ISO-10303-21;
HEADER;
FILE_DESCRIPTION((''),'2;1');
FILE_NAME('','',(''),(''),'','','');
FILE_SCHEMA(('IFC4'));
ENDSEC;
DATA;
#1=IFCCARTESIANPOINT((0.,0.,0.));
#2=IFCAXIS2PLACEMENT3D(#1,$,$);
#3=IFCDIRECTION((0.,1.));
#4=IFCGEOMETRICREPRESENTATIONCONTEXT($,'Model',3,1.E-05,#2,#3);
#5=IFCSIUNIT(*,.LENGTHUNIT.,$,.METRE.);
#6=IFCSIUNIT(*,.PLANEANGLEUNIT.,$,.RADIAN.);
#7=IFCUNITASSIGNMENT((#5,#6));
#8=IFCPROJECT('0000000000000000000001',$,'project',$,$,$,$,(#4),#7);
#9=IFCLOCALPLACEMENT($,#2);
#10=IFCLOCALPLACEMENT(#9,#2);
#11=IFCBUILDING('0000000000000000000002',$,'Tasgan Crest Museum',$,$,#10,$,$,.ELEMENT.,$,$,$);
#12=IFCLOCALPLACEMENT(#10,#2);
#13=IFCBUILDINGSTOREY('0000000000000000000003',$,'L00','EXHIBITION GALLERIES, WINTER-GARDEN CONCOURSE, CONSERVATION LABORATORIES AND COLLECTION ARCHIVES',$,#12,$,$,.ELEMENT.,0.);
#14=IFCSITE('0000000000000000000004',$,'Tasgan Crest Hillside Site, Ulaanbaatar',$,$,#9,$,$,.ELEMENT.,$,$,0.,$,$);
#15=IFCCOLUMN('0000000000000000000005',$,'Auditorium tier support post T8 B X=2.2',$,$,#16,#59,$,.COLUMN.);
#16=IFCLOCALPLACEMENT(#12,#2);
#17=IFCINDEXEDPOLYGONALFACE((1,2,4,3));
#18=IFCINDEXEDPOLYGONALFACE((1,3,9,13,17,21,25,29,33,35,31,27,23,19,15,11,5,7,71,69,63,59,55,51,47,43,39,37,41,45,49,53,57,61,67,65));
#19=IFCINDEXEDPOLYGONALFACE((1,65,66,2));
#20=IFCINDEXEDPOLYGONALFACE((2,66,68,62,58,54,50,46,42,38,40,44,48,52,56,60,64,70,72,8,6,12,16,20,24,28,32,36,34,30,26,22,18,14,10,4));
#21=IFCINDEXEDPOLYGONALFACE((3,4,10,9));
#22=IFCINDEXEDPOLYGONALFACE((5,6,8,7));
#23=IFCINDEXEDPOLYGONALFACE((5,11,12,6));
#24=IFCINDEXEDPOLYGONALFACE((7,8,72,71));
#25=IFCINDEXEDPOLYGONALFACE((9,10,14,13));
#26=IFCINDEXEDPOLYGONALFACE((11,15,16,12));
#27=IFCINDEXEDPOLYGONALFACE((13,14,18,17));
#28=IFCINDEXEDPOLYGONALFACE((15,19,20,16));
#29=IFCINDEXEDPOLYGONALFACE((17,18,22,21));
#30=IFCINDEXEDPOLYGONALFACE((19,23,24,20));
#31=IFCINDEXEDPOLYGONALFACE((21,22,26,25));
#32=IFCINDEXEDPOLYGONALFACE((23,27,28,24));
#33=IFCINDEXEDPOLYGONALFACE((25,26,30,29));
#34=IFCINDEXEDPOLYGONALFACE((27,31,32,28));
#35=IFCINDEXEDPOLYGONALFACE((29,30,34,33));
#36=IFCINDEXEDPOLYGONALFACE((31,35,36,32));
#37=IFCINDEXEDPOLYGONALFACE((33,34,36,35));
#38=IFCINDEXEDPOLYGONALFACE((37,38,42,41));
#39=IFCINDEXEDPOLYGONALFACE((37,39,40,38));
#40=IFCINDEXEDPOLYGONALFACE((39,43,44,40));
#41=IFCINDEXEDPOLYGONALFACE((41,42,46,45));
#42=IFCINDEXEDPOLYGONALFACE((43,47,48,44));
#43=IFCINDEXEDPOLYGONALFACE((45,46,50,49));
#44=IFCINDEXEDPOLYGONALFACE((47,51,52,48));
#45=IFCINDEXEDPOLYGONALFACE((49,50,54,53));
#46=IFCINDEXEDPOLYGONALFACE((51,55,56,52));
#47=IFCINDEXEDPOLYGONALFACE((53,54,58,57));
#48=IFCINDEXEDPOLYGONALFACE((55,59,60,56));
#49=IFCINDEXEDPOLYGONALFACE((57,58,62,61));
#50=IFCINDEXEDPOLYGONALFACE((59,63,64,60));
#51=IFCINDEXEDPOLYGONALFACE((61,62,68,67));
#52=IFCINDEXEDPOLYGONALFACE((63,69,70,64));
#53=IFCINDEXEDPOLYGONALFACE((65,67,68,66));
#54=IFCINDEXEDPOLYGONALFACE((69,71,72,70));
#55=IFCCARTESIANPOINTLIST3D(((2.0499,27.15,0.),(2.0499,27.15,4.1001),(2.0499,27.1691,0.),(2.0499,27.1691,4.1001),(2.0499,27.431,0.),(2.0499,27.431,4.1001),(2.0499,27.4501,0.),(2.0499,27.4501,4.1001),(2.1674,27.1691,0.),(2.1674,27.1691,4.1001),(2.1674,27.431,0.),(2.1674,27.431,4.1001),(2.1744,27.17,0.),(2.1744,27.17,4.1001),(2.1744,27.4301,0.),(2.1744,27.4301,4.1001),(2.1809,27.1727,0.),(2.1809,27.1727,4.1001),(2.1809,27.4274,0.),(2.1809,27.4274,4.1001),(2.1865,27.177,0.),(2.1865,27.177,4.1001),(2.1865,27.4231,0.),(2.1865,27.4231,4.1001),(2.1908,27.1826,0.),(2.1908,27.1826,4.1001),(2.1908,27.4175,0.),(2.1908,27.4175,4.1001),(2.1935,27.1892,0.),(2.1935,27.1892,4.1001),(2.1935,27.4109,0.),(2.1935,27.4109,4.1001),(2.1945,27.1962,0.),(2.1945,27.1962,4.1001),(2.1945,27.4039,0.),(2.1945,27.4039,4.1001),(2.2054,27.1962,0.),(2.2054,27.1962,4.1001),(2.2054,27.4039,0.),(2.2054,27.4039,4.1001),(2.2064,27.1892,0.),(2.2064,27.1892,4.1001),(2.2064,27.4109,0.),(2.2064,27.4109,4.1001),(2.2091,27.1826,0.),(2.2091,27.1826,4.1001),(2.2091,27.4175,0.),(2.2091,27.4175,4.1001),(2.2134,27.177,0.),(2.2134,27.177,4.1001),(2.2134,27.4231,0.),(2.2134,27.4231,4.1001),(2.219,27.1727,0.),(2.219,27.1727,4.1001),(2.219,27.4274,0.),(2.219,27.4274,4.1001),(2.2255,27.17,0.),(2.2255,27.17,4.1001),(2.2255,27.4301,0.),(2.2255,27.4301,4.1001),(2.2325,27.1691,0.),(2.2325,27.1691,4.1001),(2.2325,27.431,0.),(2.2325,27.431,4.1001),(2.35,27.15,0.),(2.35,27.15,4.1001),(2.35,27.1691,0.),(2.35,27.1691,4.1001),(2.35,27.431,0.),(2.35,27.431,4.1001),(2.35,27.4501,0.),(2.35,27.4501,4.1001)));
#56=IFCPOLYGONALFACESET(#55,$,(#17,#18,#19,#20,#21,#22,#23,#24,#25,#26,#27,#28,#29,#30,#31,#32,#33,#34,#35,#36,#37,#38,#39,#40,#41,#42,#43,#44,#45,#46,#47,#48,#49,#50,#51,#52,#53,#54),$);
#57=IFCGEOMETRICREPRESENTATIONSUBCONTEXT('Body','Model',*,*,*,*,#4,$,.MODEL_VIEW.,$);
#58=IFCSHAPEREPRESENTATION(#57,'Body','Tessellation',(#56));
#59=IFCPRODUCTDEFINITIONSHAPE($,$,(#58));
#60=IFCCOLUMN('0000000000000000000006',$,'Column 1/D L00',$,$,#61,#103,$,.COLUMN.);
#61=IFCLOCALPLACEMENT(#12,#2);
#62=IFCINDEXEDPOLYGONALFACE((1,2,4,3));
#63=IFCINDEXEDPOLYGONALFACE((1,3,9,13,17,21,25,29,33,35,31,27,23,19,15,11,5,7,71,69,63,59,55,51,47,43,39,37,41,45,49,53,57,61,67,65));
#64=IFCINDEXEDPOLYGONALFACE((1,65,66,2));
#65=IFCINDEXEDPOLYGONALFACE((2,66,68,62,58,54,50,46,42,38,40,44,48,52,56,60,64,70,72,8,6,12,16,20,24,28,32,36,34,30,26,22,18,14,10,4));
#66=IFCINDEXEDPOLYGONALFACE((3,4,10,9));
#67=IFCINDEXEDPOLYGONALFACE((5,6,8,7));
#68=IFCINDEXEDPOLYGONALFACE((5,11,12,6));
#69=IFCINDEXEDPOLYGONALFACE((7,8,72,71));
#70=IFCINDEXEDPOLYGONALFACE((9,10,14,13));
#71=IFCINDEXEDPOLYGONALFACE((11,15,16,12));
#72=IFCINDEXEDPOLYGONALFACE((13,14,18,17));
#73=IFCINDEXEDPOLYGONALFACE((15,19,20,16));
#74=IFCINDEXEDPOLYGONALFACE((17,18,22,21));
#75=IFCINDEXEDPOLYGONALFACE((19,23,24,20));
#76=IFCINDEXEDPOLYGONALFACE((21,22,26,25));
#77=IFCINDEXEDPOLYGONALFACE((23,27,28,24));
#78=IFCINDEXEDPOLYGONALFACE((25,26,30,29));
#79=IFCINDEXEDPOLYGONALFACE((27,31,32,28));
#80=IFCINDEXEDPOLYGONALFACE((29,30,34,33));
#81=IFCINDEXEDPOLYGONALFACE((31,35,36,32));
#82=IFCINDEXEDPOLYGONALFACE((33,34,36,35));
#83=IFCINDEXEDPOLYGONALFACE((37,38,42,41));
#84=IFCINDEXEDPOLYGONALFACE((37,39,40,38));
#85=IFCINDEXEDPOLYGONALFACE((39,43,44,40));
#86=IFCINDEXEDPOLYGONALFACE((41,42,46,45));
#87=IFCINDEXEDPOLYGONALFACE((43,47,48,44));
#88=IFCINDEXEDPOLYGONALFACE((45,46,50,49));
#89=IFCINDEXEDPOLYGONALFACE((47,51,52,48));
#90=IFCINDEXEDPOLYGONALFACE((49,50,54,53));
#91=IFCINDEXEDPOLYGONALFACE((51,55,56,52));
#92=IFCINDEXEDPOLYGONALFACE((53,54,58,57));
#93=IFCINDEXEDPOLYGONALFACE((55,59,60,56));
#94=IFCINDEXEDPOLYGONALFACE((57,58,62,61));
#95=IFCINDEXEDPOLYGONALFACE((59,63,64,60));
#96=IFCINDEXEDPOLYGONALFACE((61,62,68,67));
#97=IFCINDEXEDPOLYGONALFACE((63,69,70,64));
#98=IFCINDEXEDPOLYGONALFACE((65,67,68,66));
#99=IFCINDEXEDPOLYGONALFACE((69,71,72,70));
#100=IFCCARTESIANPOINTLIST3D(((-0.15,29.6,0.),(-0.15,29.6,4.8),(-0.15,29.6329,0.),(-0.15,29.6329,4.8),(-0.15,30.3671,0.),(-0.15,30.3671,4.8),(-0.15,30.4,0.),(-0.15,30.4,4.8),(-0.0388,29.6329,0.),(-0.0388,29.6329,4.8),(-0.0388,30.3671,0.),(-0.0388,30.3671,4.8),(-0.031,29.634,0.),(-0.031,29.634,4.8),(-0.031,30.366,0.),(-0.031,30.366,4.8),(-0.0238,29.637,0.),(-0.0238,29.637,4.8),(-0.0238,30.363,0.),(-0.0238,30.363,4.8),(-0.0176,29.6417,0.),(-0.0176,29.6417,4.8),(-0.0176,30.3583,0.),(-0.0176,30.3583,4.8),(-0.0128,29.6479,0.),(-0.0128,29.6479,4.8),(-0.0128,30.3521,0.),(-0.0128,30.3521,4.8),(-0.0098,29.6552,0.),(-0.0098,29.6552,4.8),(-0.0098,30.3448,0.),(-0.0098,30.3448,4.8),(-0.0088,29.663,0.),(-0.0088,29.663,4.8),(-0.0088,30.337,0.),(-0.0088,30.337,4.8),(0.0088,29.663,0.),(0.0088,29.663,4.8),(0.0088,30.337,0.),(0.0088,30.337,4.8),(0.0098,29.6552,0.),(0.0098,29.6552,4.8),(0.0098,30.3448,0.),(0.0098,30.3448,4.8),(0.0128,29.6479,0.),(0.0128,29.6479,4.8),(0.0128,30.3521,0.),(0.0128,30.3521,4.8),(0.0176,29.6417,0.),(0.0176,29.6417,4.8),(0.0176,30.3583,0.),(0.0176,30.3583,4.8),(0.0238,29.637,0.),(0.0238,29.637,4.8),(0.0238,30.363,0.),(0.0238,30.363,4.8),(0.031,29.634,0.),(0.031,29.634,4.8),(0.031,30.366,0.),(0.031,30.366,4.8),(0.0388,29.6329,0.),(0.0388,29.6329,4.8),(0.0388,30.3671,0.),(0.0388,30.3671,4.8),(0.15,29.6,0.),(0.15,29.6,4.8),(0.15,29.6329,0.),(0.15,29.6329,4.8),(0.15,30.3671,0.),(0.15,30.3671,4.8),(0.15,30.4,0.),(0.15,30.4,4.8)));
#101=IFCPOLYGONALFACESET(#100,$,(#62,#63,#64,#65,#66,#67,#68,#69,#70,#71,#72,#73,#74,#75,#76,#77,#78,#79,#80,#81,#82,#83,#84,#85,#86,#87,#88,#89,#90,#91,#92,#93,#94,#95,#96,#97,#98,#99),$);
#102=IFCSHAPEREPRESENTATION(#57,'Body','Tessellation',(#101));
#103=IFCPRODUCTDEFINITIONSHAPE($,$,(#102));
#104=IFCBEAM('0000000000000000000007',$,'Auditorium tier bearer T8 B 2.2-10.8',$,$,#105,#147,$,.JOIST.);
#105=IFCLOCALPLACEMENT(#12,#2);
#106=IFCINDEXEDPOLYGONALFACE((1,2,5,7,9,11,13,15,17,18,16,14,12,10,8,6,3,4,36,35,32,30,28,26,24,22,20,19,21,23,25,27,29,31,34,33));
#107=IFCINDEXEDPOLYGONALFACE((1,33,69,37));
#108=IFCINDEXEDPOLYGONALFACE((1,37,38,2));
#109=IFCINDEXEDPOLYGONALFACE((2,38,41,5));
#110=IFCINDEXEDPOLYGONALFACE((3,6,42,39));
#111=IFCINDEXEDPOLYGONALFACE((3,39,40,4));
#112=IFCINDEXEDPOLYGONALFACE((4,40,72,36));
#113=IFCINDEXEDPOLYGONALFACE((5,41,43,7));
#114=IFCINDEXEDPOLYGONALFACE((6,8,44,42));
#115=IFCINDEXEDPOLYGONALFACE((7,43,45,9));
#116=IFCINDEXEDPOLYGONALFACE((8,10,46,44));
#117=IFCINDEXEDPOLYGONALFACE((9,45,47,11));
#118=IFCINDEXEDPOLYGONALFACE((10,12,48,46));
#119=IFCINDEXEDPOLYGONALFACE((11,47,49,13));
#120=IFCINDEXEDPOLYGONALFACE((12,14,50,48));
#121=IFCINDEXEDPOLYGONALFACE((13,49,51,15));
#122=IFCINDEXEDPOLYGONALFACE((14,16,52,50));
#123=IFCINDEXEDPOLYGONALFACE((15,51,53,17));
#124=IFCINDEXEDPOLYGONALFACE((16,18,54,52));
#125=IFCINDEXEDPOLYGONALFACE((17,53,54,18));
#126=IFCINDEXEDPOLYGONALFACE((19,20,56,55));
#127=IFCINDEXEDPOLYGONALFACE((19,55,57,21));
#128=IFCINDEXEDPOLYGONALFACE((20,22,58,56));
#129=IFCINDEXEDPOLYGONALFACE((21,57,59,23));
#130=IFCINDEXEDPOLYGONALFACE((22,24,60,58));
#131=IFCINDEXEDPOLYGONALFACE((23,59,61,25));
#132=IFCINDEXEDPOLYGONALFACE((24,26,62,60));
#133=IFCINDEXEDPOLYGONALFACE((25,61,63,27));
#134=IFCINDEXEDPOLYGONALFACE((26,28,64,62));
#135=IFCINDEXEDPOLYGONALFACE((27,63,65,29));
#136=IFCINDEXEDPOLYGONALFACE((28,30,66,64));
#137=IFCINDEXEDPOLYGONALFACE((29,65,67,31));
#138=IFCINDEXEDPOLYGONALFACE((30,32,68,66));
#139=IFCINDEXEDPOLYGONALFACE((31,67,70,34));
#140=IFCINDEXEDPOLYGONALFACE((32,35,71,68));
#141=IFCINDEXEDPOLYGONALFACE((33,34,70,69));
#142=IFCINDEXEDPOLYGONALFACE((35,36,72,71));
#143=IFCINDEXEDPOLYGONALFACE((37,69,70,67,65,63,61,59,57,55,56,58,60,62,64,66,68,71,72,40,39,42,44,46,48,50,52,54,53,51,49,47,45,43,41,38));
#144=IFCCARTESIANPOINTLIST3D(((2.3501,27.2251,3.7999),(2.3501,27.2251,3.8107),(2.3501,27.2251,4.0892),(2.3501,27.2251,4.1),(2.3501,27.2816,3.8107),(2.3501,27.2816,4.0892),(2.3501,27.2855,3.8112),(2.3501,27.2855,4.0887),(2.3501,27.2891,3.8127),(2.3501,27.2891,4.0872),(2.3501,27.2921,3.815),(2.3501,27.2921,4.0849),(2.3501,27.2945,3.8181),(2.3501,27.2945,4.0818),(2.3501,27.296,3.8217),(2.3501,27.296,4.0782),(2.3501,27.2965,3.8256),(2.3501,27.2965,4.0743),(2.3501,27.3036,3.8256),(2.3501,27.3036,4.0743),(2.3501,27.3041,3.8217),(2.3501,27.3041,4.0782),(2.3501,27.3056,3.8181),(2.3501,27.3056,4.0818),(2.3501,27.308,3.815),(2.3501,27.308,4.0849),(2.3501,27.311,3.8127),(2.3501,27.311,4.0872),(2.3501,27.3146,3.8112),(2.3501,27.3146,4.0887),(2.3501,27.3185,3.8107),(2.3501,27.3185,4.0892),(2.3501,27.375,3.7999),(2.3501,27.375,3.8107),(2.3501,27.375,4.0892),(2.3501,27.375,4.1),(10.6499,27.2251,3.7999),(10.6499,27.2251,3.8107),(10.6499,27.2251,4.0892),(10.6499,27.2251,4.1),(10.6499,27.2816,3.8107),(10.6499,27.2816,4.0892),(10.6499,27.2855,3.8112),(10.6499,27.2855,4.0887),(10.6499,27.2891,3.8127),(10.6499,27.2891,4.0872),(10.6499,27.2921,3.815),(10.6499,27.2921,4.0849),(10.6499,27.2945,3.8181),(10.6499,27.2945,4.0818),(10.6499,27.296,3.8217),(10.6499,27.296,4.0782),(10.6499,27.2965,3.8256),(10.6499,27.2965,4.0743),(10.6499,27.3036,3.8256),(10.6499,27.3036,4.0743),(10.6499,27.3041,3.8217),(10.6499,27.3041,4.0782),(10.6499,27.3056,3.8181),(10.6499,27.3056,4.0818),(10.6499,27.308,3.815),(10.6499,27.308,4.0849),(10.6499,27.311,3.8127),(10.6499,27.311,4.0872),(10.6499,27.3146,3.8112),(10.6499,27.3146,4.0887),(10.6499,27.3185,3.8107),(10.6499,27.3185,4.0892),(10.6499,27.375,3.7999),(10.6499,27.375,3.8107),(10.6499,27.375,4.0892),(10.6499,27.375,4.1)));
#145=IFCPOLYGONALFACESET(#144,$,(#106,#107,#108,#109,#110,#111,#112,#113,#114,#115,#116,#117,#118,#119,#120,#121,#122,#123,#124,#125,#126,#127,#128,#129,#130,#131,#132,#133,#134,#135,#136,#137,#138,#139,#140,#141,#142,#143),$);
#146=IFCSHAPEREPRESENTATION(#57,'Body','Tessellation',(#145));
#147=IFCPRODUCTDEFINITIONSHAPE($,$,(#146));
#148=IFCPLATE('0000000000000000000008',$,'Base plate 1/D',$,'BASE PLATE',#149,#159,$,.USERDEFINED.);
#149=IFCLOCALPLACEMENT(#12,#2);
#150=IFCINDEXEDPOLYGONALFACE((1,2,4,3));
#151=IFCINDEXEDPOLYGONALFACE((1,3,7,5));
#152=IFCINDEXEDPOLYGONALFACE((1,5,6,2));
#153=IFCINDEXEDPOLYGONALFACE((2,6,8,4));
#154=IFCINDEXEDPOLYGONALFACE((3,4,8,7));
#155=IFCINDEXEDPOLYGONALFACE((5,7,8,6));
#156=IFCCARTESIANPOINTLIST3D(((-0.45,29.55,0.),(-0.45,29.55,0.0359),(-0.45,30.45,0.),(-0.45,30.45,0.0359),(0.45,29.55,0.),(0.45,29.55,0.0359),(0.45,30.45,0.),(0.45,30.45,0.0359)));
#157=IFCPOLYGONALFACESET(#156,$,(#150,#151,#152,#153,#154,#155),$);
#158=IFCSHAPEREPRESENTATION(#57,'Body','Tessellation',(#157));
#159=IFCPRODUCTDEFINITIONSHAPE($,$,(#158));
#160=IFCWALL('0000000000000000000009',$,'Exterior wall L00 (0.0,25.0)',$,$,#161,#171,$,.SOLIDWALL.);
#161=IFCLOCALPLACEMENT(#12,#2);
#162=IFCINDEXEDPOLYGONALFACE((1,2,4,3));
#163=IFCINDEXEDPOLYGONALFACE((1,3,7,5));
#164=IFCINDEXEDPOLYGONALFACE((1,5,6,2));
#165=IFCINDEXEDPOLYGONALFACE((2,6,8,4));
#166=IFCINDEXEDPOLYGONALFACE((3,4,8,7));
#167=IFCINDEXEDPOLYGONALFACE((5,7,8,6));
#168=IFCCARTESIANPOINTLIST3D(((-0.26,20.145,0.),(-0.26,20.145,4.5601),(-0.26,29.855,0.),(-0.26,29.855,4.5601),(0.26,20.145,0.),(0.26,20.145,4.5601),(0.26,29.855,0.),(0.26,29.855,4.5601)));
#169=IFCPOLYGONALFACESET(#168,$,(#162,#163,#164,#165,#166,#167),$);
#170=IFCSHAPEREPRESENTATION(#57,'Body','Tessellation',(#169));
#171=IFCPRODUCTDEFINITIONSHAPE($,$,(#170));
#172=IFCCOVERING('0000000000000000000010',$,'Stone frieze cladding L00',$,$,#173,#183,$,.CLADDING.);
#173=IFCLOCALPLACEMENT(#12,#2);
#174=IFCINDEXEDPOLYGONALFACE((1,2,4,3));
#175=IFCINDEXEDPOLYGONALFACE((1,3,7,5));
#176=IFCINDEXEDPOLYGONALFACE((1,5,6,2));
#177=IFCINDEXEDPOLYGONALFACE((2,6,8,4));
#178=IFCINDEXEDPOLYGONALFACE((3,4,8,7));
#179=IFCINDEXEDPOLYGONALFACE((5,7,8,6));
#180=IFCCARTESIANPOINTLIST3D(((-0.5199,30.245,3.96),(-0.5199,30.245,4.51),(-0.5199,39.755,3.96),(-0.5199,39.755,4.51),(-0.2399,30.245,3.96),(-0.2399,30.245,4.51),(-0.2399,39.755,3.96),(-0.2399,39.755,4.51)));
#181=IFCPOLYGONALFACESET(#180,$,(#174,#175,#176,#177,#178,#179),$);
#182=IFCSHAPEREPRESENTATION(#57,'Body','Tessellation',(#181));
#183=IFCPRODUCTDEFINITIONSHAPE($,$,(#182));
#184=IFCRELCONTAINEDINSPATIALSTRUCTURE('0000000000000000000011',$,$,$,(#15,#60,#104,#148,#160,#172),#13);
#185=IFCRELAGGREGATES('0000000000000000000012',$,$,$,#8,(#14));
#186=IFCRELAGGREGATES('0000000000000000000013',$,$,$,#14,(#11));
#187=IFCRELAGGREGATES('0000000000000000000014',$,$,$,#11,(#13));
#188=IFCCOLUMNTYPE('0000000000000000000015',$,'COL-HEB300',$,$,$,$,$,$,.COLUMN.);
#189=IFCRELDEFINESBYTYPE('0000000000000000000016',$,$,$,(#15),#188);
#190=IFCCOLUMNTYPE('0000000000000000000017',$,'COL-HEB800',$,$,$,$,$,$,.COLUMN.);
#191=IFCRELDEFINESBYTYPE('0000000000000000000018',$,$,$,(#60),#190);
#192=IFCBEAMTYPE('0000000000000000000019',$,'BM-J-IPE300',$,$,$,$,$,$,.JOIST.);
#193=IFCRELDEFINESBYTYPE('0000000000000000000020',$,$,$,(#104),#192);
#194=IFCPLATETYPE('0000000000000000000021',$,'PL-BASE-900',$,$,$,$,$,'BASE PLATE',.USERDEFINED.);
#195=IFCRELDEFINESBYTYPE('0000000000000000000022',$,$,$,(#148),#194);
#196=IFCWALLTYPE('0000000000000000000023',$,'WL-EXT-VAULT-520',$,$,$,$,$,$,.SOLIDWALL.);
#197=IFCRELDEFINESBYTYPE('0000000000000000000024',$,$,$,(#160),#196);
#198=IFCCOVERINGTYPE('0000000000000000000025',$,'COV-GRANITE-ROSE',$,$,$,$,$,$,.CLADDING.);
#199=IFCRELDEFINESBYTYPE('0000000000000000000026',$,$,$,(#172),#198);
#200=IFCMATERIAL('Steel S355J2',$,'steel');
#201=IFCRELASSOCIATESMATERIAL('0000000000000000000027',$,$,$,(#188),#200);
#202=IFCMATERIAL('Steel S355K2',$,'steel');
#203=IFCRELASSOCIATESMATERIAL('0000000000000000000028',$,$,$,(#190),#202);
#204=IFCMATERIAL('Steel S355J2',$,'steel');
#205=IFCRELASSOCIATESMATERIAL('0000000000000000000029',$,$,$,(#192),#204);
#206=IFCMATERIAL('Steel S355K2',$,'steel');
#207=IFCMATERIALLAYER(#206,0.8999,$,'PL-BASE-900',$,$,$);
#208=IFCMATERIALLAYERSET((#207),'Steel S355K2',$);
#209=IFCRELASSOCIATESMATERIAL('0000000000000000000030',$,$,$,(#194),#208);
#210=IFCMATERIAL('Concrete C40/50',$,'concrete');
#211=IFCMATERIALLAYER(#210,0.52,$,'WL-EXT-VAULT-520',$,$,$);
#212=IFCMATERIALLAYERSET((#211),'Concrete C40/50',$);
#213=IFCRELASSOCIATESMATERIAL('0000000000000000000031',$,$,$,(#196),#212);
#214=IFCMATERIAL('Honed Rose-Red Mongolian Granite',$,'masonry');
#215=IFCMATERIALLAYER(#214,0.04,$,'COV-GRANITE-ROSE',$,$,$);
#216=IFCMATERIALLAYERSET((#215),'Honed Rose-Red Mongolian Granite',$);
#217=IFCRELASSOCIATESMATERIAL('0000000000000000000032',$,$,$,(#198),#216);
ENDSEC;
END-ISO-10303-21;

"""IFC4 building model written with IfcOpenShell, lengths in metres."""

from ifc_helpers import new_model, si_unit, direction, frame, frame_2d, origin, origin_2d, place, context, subcontext, project, spatial, rectangle, i_section, extrude, material, layer, layer_set, material_profile, profile_set, type_object, element, save


model = new_model("IFC4")

# Units and contexts
model_context = context("Model", 3, precision=1e-05, world=origin(), true_north=direction((0.0, 1.0)))
body_context = subcontext(model_context, "Body", "Model", "MODEL_VIEW")
ifc_project = project(units=[si_unit("LENGTHUNIT", "METRE"), si_unit("PLANEANGLEUNIT", "RADIAN")], contexts=[model_context])

# Site, building, storey
site_placement = place(None, origin())
site = spatial("IfcSite", under=ifc_project, at=site_placement, Name="Tasgan Crest Hillside Site, Ulaanbaatar", CompositionType="ELEMENT", RefElevation=0.0)
building_placement = place(site_placement, origin())
building = spatial("IfcBuilding", under=site, at=building_placement, Name="Tasgan Crest Museum", CompositionType="ELEMENT")
storey_placement = place(building_placement, origin())
storey = spatial("IfcBuildingStorey", under=building, at=storey_placement, Name="L00", Description="EXHIBITION GALLERIES, WINTER-GARDEN CONCOURSE, CONSERVATION LABORATORIES AND COLLECTION ARCHIVES", CompositionType="ELEMENT", Elevation=0.0)

# Columns
ifc_material_1 = material(Name="Steel S355J2", Category="steel")
ifc_material_profile_1 = material_profile(ifc_material_1, i_section(OverallWidth=0.3, OverallDepth=0.3, WebThickness=0.011, FlangeThickness=0.019, FilletRadius=0.0271, at=origin_2d()), Name="HEB 300")
ifc_profile_set_1 = profile_set([ifc_material_profile_1], Name="Steel S355J2")
column_type_1 = type_object("IfcColumnType", Name="COL-HEB300", PredefinedType="COLUMN", material=ifc_profile_set_1)
column_1_placement = place(storey_placement, frame((2.2, 27.3, 0.0), z_axis=(0.0, 0.0, 1.0), x_axis=(1.0, 0.0, 0.0)))
element("IfcColumn", 1, at=column_1_placement, inside=storey, type_object=column_type_1, Name="Auditorium tier support post T8 B X=2.2", PredefinedType="COLUMN", context=body_context, shape_type="SweptSolid", body=[
    extrude(i_section(OverallWidth=0.3, OverallDepth=0.3, WebThickness=0.011, FlangeThickness=0.019, FilletRadius=0.0271, at=origin_2d()), origin(), (0.0, 0.0, 1.0), 4.1001),
])
ifc_material_2 = material(Name="Steel S355K2", Category="steel")
ifc_material_profile_2 = material_profile(ifc_material_2, i_section(OverallWidth=0.3, OverallDepth=0.8, WebThickness=0.0176, FlangeThickness=0.033, FilletRadius=0.03, at=origin_2d()), Name="HEB 800")
ifc_profile_set_2 = profile_set([ifc_material_profile_2], Name="Steel S355K2")
column_type_2 = type_object("IfcColumnType", Name="COL-HEB800", PredefinedType="COLUMN", material=ifc_profile_set_2)
column_2_placement = place(storey_placement, frame((0.0, 30.0, 0.0), z_axis=(0.0, 0.0, 1.0), x_axis=(1.0, 0.0, 0.0)))
element("IfcColumn", 2, at=column_2_placement, inside=storey, type_object=column_type_2, Name="Column 1/D L00", PredefinedType="COLUMN", context=body_context, shape_type="SweptSolid", body=[
    extrude(i_section(OverallWidth=0.3, OverallDepth=0.8, WebThickness=0.0176, FlangeThickness=0.033, FilletRadius=0.03, at=origin_2d()), origin(), (0.0, 0.0, 1.0), 4.8),
])

# Beam
ifc_material_3 = material(Name="Steel S355J2", Category="steel")
ifc_material_profile_3 = material_profile(ifc_material_3, i_section(OverallWidth=0.1499, OverallDepth=0.3, WebThickness=0.0071, FlangeThickness=0.0107, FilletRadius=0.0149, at=origin_2d()), Name="IPE 300")
ifc_profile_set_3 = profile_set([ifc_material_profile_3], Name="Steel S355J2")
beam_type = type_object("IfcBeamType", Name="BM-J-IPE300", PredefinedType="JOIST", material=ifc_profile_set_3)
beam_placement = place(storey_placement, frame((2.3501, 27.3, 3.95), z_axis=(1.0, 0.0, 0.0), x_axis=(0.0, 1.0, 0.0)))
element("IfcBeam", 3, at=beam_placement, inside=storey, type_object=beam_type, Name="Auditorium tier bearer T8 B 2.2-10.8", PredefinedType="JOIST", context=body_context, shape_type="SweptSolid", body=[
    extrude(i_section(OverallWidth=0.1499, OverallDepth=0.3, WebThickness=0.0071, FlangeThickness=0.0107, FilletRadius=0.0149, at=origin_2d()), origin(), (0.0, 0.0, 1.0), 8.2998),
])

# Plate
ifc_material_4 = material(Name="Steel S355K2", Category="steel")
ifc_layer_1 = layer(ifc_material_4, 0.8999, Name="PL-BASE-900")
ifc_layer_set_1 = layer_set([ifc_layer_1], Name="Steel S355K2")
plate_type = type_object("IfcPlateType", Name="PL-BASE-900", ElementType="BASE PLATE", PredefinedType="USERDEFINED", material=ifc_layer_set_1)
plate_placement = place(storey_placement, frame((0.0, 30.0, 0.0), z_axis=(0.0, 0.0, 1.0), x_axis=(1.0, 0.0, 0.0)))
element("IfcPlate", 4, at=plate_placement, inside=storey, type_object=plate_type, Name="Base plate 1/D", ObjectType="BASE PLATE", PredefinedType="USERDEFINED", context=body_context, shape_type="SweptSolid", body=[
    extrude(rectangle(XDim=0.8999, YDim=0.8999, at=origin_2d()), origin(), (0.0, 0.0, 1.0), 0.0359),
])

# Wall
ifc_material_5 = material(Name="Concrete C40/50", Category="concrete")
ifc_layer_2 = layer(ifc_material_5, 0.52, Name="WL-EXT-VAULT-520")
ifc_layer_set_2 = layer_set([ifc_layer_2], Name="Concrete C40/50")
wall_type = type_object("IfcWallType", Name="WL-EXT-VAULT-520", PredefinedType="SOLIDWALL", material=ifc_layer_set_2)
wall_placement = place(storey_placement, frame((0.0, 29.855, 0.0), z_axis=(0.0, 0.0, 1.0), x_axis=(0.0, -1.0, 0.0)))
element("IfcWall", 5, at=wall_placement, inside=storey, type_object=wall_type, Name="Exterior wall L00 (0.0,25.0)", PredefinedType="SOLIDWALL", context=body_context, shape_type="SweptSolid", body=[
    extrude(rectangle(XDim=9.71, YDim=0.52, at=frame_2d((4.855, 0.0))), origin(), (0.0, 0.0, 1.0), 4.5601),
])

# Covering
ifc_material_6 = material(Name="Honed Rose-Red Mongolian Granite", Category="masonry")
ifc_layer_3 = layer(ifc_material_6, 0.04, Name="COV-GRANITE-ROSE")
ifc_layer_set_3 = layer_set([ifc_layer_3], Name="Honed Rose-Red Mongolian Granite")
covering_type_1 = type_object("IfcCoveringType", Name="COV-GRANITE-ROSE", PredefinedType="CLADDING", material=ifc_layer_set_3)
covering_1_placement = place(storey_placement, frame((-0.3799, 35.0, 3.96), z_axis=(0.0, 0.0, 1.0), x_axis=(0.0, -1.0, 0.0)))
element("IfcCovering", 6, at=covering_1_placement, inside=storey, type_object=covering_type_1, Name="Stone frieze cladding L00", PredefinedType="CLADDING", context=body_context, shape_type="SweptSolid", body=[
    extrude(rectangle(XDim=9.51, YDim=0.28, at=origin_2d()), origin(), (0.0, 0.0, 1.0), 0.55),
])

save(model, "model.ifc")
